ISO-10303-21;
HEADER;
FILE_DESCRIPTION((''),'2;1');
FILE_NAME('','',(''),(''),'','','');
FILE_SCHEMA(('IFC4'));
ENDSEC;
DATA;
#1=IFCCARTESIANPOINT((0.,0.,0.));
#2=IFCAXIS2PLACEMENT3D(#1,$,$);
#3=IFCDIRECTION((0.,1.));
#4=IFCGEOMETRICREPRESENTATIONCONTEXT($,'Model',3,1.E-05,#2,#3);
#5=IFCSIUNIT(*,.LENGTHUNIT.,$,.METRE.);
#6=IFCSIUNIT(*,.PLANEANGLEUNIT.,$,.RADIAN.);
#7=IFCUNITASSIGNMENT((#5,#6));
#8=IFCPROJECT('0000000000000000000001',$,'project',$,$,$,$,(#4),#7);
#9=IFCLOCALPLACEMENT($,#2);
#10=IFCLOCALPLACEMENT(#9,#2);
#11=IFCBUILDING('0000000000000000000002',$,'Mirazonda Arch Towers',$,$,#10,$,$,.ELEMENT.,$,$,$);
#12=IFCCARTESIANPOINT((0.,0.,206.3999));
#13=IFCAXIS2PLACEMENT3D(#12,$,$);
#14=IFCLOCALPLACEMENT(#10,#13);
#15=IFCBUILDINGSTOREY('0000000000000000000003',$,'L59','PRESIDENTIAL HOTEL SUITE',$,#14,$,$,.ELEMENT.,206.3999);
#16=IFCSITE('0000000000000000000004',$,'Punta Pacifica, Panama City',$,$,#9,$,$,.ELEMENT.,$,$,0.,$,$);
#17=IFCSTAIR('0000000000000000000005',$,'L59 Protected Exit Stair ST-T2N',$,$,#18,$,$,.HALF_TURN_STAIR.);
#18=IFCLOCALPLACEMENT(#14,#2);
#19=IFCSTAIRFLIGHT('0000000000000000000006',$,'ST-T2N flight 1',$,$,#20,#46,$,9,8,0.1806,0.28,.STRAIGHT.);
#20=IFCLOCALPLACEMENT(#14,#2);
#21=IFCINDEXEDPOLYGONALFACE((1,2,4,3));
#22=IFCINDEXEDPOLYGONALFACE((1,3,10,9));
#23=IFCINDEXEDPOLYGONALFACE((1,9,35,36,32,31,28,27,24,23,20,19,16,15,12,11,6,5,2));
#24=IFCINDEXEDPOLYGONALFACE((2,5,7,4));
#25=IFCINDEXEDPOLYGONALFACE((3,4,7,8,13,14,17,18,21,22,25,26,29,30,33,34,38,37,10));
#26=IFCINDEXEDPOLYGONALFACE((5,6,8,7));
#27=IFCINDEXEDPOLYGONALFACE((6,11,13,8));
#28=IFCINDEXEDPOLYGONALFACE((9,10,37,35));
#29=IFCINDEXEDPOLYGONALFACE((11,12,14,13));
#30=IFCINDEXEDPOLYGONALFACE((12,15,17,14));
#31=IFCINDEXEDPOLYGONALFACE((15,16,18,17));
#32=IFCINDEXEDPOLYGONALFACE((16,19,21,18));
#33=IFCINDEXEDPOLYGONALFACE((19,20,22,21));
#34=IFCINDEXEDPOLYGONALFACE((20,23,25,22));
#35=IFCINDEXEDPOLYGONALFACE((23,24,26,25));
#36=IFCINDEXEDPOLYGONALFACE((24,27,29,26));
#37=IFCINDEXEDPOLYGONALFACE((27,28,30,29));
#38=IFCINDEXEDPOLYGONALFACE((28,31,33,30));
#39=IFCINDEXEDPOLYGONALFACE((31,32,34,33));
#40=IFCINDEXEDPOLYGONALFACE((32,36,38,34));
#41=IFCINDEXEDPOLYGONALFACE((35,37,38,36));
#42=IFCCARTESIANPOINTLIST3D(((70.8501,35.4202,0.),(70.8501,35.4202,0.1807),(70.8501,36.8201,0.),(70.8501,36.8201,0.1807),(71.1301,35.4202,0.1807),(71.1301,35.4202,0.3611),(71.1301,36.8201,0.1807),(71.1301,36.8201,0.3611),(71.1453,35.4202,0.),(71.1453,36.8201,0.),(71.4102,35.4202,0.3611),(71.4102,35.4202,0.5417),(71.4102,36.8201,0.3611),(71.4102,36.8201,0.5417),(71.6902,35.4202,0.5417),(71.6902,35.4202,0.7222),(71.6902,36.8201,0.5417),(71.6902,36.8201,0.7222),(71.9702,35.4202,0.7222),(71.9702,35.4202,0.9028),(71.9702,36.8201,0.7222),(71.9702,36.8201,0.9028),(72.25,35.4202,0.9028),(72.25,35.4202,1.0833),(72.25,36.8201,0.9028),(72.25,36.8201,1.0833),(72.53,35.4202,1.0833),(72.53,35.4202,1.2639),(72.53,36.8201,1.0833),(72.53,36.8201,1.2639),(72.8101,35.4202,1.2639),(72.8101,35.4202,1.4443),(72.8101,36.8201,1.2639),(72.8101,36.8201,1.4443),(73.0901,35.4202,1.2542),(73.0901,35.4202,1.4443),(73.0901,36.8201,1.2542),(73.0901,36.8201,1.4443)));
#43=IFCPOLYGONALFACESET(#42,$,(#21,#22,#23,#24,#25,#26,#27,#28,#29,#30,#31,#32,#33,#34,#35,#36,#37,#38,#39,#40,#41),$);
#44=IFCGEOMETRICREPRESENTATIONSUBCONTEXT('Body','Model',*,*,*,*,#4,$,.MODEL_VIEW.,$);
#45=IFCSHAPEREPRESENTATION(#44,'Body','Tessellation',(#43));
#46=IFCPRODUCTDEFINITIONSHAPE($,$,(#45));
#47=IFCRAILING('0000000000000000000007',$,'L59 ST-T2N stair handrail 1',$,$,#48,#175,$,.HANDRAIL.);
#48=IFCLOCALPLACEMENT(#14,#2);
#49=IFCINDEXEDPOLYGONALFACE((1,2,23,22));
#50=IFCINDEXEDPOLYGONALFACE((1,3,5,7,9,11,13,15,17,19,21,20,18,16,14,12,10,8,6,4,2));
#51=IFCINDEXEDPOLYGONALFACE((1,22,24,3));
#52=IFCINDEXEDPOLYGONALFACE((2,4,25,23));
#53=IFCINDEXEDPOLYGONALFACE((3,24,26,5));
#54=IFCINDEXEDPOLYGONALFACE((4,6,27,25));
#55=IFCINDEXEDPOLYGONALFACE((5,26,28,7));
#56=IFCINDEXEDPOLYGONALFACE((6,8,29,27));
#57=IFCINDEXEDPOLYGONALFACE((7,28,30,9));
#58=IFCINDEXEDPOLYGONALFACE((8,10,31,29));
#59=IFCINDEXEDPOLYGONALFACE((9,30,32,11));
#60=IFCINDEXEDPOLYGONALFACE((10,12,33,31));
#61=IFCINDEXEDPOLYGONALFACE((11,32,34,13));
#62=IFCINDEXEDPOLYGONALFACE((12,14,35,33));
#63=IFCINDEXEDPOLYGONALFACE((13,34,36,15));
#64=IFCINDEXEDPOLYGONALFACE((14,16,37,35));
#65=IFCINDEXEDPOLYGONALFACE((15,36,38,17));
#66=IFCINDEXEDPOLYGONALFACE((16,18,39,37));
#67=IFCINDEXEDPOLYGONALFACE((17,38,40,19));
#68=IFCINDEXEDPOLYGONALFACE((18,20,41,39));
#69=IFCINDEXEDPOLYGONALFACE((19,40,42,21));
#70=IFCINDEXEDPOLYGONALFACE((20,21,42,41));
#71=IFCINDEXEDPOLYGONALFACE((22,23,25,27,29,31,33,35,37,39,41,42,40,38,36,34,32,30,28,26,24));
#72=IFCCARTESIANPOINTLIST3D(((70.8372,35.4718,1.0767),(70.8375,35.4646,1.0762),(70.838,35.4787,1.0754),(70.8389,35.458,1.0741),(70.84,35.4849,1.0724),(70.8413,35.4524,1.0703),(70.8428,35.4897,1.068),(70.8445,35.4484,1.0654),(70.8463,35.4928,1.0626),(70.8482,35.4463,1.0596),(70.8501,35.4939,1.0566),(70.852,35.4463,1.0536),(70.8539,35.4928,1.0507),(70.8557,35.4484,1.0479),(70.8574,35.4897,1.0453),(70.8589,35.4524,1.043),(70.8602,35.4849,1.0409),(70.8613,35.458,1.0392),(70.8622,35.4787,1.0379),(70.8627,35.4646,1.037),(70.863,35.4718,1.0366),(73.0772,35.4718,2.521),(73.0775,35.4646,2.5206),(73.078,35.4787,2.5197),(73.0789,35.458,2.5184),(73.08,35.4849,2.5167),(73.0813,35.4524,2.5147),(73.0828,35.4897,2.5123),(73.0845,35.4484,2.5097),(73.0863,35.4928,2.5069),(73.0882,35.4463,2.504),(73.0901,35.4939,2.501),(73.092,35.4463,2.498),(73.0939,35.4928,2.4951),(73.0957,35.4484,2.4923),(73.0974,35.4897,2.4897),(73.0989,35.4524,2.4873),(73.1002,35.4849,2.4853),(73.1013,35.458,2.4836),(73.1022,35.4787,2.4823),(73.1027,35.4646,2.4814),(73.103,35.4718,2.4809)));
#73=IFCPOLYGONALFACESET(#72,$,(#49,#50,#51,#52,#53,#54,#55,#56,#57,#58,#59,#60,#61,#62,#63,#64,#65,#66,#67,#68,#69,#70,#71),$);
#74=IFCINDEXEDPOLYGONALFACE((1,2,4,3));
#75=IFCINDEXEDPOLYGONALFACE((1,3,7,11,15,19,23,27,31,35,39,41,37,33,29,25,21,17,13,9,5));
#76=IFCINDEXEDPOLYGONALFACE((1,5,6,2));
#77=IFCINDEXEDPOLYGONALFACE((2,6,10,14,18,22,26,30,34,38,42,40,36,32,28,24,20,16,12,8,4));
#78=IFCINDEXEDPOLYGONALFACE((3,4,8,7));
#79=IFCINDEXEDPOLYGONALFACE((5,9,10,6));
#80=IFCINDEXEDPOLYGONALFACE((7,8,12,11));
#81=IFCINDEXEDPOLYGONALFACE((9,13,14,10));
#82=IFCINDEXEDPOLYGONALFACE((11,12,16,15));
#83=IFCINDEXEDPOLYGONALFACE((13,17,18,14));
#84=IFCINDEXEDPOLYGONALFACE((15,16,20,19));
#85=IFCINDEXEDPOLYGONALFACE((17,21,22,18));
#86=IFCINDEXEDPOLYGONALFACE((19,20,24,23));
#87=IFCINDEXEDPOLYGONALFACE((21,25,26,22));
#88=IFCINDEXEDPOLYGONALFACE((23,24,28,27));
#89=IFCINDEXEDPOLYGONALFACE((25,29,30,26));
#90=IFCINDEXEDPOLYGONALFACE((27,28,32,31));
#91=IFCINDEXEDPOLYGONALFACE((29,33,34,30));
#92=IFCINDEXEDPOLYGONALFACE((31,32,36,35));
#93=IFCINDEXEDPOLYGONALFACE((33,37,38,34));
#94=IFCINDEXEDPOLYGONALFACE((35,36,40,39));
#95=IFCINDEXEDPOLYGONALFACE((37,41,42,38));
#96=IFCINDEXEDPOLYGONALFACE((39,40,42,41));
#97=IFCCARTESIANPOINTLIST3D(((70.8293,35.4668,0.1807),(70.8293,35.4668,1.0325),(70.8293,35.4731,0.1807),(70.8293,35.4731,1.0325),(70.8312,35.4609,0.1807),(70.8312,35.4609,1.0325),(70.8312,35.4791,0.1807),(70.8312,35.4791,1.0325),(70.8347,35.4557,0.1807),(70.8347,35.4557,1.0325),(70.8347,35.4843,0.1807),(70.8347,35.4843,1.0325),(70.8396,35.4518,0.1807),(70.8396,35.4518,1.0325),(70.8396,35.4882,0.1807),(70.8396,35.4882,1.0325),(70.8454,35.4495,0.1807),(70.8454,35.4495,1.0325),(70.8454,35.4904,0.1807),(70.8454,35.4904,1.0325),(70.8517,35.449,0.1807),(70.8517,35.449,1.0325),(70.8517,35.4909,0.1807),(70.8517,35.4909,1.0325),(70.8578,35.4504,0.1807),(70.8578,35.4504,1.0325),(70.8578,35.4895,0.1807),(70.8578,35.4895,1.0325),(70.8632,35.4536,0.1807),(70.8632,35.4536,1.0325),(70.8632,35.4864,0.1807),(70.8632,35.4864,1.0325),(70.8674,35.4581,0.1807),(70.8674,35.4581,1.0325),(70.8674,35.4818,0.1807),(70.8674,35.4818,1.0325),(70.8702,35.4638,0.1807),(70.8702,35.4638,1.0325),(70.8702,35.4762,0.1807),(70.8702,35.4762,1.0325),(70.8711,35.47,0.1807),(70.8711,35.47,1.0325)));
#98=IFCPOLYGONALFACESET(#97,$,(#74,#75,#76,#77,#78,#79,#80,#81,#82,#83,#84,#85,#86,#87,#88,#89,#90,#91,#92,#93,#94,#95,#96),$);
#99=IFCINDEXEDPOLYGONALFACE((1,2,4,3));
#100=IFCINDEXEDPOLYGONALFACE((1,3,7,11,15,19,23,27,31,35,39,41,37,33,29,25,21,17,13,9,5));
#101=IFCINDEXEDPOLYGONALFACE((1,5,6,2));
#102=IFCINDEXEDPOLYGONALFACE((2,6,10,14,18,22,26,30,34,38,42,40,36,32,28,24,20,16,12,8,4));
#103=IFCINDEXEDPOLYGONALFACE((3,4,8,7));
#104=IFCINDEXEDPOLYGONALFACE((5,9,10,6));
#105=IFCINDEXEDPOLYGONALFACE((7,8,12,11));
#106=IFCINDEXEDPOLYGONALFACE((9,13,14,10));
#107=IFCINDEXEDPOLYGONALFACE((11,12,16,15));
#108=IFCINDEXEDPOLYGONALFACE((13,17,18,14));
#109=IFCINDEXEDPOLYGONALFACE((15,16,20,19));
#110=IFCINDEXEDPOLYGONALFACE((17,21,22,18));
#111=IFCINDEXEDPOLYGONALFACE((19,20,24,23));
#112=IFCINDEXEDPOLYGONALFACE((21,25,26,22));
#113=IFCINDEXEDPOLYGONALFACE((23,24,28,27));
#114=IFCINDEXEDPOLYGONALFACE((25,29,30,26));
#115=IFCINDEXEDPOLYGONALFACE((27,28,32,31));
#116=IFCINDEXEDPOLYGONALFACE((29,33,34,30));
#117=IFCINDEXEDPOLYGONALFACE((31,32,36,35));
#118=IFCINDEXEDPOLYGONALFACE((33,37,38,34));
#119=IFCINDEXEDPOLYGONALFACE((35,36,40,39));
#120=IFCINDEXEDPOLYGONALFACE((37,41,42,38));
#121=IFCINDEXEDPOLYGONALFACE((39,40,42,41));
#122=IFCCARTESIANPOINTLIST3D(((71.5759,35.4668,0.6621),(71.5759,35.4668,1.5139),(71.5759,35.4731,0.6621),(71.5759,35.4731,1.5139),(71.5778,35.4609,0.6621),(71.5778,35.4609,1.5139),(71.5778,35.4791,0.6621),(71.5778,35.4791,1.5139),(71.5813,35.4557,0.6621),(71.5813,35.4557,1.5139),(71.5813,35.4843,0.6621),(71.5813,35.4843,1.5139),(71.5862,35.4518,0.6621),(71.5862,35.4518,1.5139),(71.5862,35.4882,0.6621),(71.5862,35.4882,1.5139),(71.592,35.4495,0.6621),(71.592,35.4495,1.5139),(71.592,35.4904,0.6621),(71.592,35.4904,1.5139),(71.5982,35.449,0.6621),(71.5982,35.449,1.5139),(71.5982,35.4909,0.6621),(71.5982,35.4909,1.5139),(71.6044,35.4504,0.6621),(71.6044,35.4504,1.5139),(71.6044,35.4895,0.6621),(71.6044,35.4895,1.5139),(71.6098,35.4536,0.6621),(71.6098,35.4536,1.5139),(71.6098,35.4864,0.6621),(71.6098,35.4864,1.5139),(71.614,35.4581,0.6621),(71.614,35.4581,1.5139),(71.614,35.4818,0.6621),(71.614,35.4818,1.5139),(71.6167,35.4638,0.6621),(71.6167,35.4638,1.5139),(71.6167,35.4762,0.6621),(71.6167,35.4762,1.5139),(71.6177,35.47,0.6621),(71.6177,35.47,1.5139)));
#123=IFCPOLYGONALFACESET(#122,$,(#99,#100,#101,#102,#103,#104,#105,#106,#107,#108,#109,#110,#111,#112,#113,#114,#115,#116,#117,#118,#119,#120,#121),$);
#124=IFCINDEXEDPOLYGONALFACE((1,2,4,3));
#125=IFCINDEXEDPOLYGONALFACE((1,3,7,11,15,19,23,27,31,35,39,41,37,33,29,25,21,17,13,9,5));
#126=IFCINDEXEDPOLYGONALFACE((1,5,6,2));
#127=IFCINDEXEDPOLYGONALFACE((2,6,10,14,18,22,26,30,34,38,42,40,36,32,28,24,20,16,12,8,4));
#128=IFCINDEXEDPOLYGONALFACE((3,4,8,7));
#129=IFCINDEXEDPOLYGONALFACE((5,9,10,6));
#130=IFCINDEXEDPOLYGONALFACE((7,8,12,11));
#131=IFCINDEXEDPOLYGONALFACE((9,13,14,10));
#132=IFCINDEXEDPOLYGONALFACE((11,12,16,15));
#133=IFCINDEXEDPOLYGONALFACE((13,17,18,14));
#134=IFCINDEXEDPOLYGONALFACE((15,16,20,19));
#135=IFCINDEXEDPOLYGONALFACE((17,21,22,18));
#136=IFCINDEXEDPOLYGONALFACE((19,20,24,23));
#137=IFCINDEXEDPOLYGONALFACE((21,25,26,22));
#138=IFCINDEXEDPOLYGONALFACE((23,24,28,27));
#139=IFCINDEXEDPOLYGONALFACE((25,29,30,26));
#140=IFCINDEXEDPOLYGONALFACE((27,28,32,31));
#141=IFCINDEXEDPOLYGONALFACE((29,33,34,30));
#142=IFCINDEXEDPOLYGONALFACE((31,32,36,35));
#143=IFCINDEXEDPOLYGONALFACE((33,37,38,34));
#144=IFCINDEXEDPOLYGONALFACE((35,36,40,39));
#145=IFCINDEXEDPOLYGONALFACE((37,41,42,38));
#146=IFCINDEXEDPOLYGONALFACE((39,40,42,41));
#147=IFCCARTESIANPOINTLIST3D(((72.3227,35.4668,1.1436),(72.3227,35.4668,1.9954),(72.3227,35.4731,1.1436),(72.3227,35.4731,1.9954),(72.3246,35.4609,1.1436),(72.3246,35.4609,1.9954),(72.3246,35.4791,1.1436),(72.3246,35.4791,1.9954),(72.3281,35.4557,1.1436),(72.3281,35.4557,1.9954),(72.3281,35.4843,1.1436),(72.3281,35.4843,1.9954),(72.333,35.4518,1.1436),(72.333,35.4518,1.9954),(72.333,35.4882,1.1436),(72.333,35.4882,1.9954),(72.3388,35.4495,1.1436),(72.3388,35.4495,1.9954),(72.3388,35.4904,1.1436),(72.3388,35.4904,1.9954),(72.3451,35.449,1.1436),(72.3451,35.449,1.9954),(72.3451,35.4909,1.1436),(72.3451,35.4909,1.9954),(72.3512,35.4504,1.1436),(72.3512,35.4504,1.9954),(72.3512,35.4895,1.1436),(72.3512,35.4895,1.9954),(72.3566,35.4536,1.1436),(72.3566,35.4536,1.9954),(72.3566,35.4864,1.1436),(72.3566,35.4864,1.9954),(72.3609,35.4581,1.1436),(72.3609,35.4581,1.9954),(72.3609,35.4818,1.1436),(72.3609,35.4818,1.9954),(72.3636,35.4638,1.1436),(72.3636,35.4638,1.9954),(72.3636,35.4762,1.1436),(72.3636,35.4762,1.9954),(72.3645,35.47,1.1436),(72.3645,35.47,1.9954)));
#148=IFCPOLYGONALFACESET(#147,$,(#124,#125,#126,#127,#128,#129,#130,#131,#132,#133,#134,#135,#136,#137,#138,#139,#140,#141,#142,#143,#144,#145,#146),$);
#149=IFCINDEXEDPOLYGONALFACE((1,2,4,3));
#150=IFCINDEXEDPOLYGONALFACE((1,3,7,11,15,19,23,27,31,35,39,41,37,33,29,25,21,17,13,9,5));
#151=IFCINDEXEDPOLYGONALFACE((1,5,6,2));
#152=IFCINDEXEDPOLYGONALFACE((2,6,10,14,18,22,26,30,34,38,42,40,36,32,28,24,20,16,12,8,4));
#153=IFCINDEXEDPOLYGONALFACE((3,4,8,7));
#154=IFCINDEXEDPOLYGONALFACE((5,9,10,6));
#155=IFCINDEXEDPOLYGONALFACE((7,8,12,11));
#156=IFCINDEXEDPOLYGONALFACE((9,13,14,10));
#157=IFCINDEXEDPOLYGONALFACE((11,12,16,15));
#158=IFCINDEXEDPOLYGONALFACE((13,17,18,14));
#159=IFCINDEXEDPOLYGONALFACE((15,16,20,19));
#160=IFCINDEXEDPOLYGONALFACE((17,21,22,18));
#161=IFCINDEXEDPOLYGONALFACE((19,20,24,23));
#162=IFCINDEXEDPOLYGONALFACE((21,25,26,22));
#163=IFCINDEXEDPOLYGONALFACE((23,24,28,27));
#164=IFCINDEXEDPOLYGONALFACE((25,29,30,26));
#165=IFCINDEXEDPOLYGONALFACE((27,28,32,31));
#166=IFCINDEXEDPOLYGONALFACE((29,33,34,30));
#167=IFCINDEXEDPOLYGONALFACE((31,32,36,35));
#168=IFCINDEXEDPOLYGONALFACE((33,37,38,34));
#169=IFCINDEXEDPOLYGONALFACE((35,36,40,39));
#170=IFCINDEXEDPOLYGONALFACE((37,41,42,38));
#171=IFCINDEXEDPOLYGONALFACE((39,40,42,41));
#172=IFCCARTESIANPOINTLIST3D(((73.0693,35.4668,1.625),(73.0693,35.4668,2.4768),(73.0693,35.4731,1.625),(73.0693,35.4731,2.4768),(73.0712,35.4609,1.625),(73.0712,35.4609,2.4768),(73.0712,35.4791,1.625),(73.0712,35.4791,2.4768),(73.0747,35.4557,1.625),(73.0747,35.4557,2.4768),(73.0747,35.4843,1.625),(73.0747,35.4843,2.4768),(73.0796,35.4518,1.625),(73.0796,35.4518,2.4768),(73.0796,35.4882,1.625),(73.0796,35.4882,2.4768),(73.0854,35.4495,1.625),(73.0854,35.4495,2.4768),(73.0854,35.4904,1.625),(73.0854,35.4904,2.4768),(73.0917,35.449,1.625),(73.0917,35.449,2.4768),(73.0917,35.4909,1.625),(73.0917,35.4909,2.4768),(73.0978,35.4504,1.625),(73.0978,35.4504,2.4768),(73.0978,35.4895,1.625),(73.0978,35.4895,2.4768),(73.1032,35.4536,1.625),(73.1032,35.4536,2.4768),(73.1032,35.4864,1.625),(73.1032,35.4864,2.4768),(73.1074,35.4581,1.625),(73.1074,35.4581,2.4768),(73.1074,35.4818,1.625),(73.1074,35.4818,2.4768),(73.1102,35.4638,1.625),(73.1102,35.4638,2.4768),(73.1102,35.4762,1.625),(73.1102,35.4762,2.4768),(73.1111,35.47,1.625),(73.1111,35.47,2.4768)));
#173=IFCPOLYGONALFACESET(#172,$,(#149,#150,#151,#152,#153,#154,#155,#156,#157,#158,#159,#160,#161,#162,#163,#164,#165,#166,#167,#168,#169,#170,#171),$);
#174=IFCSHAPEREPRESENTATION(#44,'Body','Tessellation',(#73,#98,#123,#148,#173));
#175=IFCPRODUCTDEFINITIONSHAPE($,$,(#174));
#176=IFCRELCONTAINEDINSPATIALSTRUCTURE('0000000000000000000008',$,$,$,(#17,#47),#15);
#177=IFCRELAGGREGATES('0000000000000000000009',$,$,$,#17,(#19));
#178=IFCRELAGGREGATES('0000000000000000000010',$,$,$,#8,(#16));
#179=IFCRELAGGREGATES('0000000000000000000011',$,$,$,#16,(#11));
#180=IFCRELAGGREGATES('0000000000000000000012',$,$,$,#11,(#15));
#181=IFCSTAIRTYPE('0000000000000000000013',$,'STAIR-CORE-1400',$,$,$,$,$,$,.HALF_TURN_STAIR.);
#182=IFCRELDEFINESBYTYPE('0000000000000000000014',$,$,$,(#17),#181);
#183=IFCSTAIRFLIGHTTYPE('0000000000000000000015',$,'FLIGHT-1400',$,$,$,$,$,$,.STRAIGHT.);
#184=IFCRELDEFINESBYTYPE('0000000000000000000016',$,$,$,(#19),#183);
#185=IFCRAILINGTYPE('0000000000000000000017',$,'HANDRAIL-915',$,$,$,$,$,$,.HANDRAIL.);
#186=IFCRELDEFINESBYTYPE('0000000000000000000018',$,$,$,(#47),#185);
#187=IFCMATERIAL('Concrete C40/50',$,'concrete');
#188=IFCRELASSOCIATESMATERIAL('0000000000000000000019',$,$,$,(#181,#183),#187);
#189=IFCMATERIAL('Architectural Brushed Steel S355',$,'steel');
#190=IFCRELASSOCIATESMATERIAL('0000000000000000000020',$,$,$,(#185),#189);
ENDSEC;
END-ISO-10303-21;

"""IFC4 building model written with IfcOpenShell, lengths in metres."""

from ifc_helpers import new_model, si_unit, direction, frame, origin, origin_2d, place, context, subcontext, project, spatial, polyline, circle, outline, extrude, material, type_object, element, aggregate, save


model = new_model("IFC4")

# Units and contexts
model_context = context("Model", 3, precision=1e-05, world=origin(), true_north=direction((0.0, 1.0)))
body_context = subcontext(model_context, "Body", "Model", "MODEL_VIEW")
ifc_project = project(units=[si_unit("LENGTHUNIT", "METRE"), si_unit("PLANEANGLEUNIT", "RADIAN")], contexts=[model_context])

# Site, building, storey
site_placement = place(None, origin())
site = spatial("IfcSite", under=ifc_project, at=site_placement, Name="Punta Pacifica, Panama City", CompositionType="ELEMENT", RefElevation=0.0)
building_placement = place(site_placement, origin())
building = spatial("IfcBuilding", under=site, at=building_placement, Name="Mirazonda Arch Towers", CompositionType="ELEMENT")
storey_placement = place(building_placement, frame((0.0, 0.0, 206.3999)))
storey = spatial("IfcBuildingStorey", under=building, at=storey_placement, Name="L59", Description="PRESIDENTIAL HOTEL SUITE", CompositionType="ELEMENT", Elevation=206.3999)

# Shared definitions
ifc_material_1 = material(Name="Architectural Brushed Steel S355", Category="steel")
ifc_material_2 = material(Name="Concrete C40/50", Category="concrete")

# Stair, stair flight
stair_type = type_object("IfcStairType", Name="STAIR-CORE-1400", PredefinedType="HALF_TURN_STAIR", material=ifc_material_2)
stair_placement = place(storey_placement, origin())
stair = element("IfcStair", 1, at=stair_placement, inside=storey, type_object=stair_type, Name="L59 Protected Exit Stair ST-T2N", PredefinedType="HALF_TURN_STAIR")
stair_flight_type = type_object("IfcStairFlightType", Name="FLIGHT-1400", PredefinedType="STRAIGHT", material=ifc_material_2)
stair_flight_placement = place(storey_placement, frame((70.8501, 36.1201, 0.0), z_axis=(0.0, 0.0, 1.0), x_axis=(1.0, 0.0, 0.0)))
stair_flight = element("IfcStairFlight", 2, at=stair_flight_placement, type_object=stair_flight_type, Name="ST-T2N flight 1", NumberOfRisers=9, NumberOfTreads=8, PredefinedType="STRAIGHT", RiserHeight=0.1806, TreadLength=0.28, context=body_context, shape_type="SweptSolid", body=[
    extrude(outline(polyline([(0.0, 0.0), (0.0, 0.1807), (0.28, 0.1807), (0.28, 0.3611), (0.5601, 0.3611), (0.5601, 0.5417), (0.8401, 0.5417), (0.8401, 0.7222), (1.1201, 0.7222), (1.1201, 0.9028), (1.3999, 0.9028), (1.3999, 1.0833), (1.6799, 1.0833), (1.6799, 1.2639), (1.96, 1.2639), (1.96, 1.4443), (2.24, 1.4443), (2.24, 1.625), (2.24, 1.2542), (0.2952, 0.0), (0.0, 0.0)])), frame((0.0, 0.7, 0.0), z_axis=(0.0, -1.0, 0.0), x_axis=(1.0, 0.0, 0.0)), (0.0, 0.0, 1.0), 1.3999),
])
aggregate(stair, [stair_flight])

# Railing
railing_type = type_object("IfcRailingType", Name="HANDRAIL-915", PredefinedType="HANDRAIL", material=ifc_material_1)
railing_placement = place(storey_placement, frame((70.8501, 35.47, 0.1807)))
element("IfcRailing", 3, at=railing_placement, inside=storey, type_object=railing_type, Name="L59 ST-T2N stair handrail 1", PredefinedType="HANDRAIL", context=body_context, shape_type="SweptSolid", body=[
    extrude(circle(Radius=0.0239, at=origin_2d()), frame((0.0, 0.0, 0.876), z_axis=(0.840437, 0.0, 0.54191), x_axis=(0.0, 1.0, 0.0)), (0.0, 0.0, 1.0), 2.6653),
    extrude(circle(Radius=0.021, at=origin_2d()), origin(), (0.0, 0.0, 1.0), 0.8518),
    extrude(circle(Radius=0.021, at=origin_2d()), frame((0.7466, 0.0, 0.4814)), (0.0, 0.0, 1.0), 0.8518),
    extrude(circle(Radius=0.021, at=origin_2d()), frame((1.4934, 0.0, 0.9629)), (0.0, 0.0, 1.0), 0.8518),
    extrude(circle(Radius=0.021, at=origin_2d()), frame((2.24, 0.0, 1.4443)), (0.0, 0.0, 1.0), 0.8518),
])

save(model, "model.ifc")
